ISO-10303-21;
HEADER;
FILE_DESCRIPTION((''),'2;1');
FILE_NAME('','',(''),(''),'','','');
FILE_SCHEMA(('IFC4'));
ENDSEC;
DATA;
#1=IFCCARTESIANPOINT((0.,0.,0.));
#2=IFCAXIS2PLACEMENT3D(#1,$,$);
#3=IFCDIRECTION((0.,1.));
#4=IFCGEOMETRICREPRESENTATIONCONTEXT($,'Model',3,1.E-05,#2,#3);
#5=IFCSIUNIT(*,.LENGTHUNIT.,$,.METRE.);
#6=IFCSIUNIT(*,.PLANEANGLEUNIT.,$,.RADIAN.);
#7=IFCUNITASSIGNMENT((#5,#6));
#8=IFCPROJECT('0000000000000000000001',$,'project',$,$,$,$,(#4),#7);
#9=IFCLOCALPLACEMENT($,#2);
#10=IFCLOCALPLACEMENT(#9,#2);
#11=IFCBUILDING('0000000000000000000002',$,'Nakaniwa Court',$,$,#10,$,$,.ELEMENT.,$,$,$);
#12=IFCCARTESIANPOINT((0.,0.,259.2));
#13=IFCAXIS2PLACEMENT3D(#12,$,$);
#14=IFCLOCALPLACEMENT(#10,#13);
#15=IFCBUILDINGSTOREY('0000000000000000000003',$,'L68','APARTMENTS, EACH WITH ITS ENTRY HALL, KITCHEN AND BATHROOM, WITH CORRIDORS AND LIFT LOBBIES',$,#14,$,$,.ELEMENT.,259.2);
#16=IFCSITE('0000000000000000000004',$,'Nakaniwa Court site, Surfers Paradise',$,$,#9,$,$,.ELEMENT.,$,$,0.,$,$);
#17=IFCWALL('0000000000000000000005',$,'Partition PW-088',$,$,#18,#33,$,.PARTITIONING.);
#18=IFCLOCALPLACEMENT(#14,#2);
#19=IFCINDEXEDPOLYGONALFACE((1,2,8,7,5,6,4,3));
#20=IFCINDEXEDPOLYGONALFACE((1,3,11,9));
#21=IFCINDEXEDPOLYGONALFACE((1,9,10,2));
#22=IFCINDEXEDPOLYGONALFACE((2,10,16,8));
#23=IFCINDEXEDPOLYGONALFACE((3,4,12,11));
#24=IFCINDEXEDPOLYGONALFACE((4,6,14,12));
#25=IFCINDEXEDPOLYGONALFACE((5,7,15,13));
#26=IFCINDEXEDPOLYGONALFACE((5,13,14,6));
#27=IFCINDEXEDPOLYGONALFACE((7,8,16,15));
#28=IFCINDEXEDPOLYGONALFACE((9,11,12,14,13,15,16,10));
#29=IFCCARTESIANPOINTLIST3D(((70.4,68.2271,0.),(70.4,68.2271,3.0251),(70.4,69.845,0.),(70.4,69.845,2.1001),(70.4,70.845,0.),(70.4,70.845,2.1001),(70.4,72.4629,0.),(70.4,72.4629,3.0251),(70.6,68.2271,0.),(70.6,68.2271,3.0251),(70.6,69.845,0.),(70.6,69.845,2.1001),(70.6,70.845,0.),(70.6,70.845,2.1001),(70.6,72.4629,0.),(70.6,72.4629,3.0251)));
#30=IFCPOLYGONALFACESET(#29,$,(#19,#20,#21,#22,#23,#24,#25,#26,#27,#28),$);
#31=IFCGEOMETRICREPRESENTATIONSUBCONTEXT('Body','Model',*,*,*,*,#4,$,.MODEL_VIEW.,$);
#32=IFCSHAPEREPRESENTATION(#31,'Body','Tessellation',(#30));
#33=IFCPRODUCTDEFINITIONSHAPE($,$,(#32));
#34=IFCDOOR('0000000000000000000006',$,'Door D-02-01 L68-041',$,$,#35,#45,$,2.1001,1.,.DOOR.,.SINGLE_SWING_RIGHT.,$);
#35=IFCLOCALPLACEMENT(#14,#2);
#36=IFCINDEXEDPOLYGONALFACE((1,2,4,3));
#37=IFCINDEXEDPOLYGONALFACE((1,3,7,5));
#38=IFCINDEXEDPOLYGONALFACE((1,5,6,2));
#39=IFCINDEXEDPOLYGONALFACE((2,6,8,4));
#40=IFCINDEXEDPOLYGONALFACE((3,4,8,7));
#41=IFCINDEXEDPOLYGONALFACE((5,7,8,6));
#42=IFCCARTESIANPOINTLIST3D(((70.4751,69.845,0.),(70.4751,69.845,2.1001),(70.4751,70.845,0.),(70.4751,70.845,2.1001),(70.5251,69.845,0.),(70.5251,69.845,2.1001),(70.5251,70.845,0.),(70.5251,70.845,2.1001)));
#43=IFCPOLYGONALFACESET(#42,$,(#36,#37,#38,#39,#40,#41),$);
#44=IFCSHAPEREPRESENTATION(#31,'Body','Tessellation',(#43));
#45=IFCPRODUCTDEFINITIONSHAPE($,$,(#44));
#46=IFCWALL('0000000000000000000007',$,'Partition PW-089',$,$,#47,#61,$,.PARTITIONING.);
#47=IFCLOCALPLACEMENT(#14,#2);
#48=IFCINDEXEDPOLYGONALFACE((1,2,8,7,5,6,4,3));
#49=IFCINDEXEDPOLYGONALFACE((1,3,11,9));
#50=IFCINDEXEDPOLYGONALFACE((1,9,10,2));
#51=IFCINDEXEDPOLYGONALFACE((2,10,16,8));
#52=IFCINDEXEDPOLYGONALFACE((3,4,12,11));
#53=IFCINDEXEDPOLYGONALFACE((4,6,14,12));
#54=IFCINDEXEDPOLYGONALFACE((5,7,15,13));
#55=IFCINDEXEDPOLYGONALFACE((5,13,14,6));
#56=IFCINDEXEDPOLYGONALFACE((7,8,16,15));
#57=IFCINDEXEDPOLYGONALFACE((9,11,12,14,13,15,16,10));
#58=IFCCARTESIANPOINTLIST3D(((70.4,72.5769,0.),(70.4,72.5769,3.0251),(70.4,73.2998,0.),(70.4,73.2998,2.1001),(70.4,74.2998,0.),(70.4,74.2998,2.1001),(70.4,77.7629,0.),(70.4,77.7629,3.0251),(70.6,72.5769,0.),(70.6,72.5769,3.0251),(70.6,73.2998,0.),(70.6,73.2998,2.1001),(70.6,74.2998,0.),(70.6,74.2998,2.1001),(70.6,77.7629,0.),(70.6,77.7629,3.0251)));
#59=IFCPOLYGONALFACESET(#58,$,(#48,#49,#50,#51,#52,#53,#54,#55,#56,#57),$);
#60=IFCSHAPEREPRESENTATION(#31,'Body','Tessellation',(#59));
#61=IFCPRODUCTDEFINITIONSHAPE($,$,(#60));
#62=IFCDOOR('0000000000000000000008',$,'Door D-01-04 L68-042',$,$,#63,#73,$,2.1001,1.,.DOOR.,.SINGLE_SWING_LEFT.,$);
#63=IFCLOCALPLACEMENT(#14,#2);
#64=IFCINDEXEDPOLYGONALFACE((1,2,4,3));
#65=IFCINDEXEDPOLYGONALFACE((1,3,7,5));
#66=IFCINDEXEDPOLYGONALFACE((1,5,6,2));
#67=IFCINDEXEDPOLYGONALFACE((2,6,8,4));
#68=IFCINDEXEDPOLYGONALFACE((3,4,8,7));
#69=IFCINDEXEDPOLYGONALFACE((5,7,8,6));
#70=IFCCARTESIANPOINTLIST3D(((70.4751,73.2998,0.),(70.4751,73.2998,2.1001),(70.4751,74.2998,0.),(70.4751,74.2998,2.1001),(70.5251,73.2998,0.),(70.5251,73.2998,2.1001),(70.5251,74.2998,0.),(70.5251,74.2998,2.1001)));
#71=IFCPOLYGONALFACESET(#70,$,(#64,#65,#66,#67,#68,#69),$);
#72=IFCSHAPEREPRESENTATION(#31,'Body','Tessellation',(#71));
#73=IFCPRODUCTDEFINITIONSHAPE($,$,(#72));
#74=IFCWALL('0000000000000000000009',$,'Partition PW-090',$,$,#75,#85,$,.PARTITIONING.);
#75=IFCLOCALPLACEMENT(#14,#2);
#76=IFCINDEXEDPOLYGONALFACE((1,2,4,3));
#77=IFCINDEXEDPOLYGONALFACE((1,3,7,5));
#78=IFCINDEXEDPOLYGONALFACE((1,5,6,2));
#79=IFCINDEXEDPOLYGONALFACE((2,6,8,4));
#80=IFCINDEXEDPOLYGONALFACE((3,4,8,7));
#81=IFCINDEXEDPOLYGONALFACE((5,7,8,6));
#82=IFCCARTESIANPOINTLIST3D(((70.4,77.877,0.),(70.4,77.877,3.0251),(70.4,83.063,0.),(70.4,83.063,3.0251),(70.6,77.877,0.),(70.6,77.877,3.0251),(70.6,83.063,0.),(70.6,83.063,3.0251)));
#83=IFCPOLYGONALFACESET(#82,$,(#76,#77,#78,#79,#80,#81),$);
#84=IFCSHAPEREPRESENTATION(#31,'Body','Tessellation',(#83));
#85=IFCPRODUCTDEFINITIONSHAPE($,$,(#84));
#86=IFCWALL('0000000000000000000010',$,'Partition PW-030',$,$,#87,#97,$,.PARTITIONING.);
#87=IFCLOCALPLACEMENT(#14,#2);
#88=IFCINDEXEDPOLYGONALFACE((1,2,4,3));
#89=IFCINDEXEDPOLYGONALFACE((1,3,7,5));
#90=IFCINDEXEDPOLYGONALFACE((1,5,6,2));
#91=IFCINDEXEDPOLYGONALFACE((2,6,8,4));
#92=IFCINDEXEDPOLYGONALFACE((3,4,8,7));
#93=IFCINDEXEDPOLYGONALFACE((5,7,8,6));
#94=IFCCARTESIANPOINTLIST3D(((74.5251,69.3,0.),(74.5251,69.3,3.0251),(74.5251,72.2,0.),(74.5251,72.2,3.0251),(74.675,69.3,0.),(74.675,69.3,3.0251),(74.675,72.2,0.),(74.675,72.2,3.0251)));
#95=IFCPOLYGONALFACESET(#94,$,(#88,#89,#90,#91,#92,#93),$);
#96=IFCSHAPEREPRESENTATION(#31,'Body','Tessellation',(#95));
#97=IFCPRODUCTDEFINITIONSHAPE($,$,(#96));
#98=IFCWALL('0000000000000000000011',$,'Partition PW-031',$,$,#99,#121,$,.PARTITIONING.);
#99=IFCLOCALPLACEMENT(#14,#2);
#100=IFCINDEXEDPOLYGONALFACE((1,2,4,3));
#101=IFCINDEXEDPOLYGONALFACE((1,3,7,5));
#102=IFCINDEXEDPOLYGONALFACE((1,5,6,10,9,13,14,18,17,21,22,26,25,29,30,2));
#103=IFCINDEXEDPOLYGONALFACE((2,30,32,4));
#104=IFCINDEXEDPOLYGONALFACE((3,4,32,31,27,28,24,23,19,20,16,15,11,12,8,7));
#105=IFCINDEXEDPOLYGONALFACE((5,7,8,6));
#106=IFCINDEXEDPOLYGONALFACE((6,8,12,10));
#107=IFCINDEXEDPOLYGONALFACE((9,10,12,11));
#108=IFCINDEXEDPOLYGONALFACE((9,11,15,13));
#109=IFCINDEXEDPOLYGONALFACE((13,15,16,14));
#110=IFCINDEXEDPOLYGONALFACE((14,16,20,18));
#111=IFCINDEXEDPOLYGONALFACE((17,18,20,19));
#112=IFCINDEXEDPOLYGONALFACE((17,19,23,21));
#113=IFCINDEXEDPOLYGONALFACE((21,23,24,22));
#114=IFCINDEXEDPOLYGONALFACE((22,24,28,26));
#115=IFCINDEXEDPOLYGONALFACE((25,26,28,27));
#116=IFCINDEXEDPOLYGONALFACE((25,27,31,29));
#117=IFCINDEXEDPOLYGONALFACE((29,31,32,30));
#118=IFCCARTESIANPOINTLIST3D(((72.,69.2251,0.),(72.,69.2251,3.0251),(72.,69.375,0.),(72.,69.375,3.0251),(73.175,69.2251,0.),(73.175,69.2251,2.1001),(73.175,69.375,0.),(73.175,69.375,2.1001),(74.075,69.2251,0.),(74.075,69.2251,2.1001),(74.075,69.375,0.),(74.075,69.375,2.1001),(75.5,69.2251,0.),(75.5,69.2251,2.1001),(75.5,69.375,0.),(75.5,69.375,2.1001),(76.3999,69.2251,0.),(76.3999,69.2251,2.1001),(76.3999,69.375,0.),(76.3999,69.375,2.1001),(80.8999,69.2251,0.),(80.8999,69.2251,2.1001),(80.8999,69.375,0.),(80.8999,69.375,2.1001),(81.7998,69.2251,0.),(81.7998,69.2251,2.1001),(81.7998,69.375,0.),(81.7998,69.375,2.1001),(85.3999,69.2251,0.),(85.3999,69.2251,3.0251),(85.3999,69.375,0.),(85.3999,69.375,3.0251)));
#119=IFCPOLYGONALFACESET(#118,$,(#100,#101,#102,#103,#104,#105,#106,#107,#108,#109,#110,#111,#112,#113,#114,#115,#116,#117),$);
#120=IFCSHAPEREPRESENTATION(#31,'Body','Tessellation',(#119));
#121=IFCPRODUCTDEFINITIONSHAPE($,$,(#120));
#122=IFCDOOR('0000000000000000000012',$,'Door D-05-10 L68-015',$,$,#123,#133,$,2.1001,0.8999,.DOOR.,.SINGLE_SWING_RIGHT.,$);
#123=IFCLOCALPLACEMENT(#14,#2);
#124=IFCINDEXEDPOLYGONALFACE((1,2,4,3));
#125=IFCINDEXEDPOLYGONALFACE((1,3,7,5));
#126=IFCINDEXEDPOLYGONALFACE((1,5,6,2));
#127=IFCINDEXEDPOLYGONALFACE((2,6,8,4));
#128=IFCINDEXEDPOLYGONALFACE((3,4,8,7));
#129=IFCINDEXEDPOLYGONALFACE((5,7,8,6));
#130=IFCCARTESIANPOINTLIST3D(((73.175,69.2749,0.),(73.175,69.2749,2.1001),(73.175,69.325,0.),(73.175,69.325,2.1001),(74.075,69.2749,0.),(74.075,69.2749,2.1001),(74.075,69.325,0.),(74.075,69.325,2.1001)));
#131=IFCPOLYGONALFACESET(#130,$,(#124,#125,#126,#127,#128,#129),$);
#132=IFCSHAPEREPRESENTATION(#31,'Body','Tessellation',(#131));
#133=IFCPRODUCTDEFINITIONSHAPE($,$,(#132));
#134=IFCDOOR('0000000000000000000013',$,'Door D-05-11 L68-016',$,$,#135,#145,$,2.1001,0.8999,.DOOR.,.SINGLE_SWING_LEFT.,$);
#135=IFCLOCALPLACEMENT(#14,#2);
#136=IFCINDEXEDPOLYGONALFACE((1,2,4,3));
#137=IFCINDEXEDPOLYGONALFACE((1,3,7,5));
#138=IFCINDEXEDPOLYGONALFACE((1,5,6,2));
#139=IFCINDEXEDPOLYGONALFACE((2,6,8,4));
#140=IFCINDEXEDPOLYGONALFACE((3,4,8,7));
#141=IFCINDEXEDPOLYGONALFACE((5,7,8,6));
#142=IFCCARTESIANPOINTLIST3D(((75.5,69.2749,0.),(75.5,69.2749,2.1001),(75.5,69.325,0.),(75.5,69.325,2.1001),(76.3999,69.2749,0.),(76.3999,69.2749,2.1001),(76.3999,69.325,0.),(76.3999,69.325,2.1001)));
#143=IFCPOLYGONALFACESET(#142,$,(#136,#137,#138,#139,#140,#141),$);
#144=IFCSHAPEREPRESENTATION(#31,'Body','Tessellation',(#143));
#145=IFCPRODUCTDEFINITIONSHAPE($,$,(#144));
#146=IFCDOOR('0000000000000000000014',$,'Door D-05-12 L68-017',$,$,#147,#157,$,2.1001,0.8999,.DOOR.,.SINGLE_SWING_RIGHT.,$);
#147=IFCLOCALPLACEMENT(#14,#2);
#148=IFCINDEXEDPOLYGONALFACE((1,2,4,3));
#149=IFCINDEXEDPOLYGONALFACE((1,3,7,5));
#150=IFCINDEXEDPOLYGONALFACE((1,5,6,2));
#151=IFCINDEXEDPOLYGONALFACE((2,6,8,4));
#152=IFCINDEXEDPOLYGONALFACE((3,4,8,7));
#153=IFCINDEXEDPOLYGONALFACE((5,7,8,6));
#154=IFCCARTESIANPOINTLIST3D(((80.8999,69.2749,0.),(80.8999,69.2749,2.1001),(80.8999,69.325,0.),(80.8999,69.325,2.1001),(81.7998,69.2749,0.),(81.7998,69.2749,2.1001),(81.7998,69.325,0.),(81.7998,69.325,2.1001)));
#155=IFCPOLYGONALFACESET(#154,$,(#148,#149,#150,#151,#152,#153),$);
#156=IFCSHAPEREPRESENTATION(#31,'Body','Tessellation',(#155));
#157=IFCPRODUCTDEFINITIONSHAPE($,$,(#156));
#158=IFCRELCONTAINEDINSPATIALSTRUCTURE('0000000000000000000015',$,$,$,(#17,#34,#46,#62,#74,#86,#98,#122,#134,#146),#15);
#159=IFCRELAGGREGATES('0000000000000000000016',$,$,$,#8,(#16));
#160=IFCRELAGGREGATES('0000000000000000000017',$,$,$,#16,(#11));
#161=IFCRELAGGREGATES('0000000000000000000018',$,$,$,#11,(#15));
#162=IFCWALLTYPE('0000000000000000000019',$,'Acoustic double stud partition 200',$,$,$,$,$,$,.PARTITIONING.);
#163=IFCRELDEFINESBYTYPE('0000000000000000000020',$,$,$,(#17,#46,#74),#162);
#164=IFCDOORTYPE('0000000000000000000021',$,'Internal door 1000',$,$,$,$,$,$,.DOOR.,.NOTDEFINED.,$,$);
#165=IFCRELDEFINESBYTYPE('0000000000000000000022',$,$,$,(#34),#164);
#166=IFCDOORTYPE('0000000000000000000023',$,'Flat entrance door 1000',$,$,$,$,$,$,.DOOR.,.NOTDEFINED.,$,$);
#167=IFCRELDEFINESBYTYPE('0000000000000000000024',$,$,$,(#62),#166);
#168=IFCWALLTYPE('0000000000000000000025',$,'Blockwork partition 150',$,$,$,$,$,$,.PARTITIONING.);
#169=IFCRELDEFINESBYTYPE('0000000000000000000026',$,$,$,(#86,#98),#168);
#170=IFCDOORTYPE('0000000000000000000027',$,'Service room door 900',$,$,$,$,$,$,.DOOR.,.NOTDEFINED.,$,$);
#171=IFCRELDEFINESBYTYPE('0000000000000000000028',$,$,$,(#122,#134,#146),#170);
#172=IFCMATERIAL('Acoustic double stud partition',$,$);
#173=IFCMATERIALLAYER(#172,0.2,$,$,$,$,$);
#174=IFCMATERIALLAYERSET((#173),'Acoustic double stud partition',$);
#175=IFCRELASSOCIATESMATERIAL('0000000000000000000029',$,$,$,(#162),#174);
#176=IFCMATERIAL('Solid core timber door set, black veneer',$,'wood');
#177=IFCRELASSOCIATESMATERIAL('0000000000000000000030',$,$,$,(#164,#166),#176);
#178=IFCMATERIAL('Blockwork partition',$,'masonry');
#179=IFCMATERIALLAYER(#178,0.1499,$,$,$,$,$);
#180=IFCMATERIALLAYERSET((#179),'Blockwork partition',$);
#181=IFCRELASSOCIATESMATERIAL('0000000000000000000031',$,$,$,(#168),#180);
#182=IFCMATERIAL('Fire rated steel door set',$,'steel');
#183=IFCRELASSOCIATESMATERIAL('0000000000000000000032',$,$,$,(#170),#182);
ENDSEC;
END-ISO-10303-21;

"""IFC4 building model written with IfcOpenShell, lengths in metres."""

from ifc_helpers import new_model, si_unit, direction, frame, frame_2d, origin, place, context, subcontext, project, spatial, rectangle, extrude, material, layer, layer_set, type_object, element, fill, save


model = new_model("IFC4")

# Units and contexts
model_context = context("Model", 3, precision=1e-05, world=origin(), true_north=direction((0.0, 1.0)))
body_context = subcontext(model_context, "Body", "Model", "MODEL_VIEW")
ifc_project = project(units=[si_unit("LENGTHUNIT", "METRE"), si_unit("PLANEANGLEUNIT", "RADIAN")], contexts=[model_context])

# Site, building, storey
site_placement = place(None, origin())
site = spatial("IfcSite", under=ifc_project, at=site_placement, Name="Nakaniwa Court site, Surfers Paradise", CompositionType="ELEMENT", RefElevation=0.0)
building_placement = place(site_placement, origin())
building = spatial("IfcBuilding", under=site, at=building_placement, Name="Nakaniwa Court", CompositionType="ELEMENT")
storey_placement = place(building_placement, frame((0.0, 0.0, 259.2)))
storey = spatial("IfcBuildingStorey", under=building, at=storey_placement, Name="L68", Description="APARTMENTS, EACH WITH ITS ENTRY HALL, KITCHEN AND BATHROOM, WITH CORRIDORS AND LIFT LOBBIES", CompositionType="ELEMENT", Elevation=259.2)

# Shared definitions
ifc_material_1 = material(Name="Acoustic double stud partition")
ifc_layer_1 = layer(ifc_material_1, 0.2)
ifc_layer_set_1 = layer_set([ifc_layer_1], Name="Acoustic double stud partition")
wall_type_1 = type_object("IfcWallType", Name="Acoustic double stud partition 200", PredefinedType="PARTITIONING", material=ifc_layer_set_1)

# Walls, openings, doors
wall_1_placement = place(storey_placement, frame((70.5, 68.2271, 0.0), z_axis=(0.0, 0.0, 1.0), x_axis=(0.0, 1.0, 0.0)))
wall_1 = element("IfcWall", 1, at=wall_1_placement, inside=storey, type_object=wall_type_1, Name="Partition PW-088", PredefinedType="PARTITIONING", context=body_context, shape_type="SweptSolid", body=[
    extrude(rectangle(XDim=4.2358, YDim=0.2, at=frame_2d((2.1179, 0.0))), origin(), (0.0, 0.0, 1.0), 3.0251),
])
opening_1_placement = place(wall_1_placement, frame((1.6179, 0.0, 0.0)))
opening_1 = element("IfcOpeningElement", 2, at=opening_1_placement, cuts=wall_1, PredefinedType="OPENING", context=body_context, shape_type="SweptSolid", body=[
    extrude(rectangle(XDim=1.0, YDim=2.1001, at=frame_2d((0.5, 1.05))), frame((0.0, 0.1099, 0.0), z_axis=(0.0, -1.0, 0.0), x_axis=(1.0, 0.0, 0.0)), (0.0, 0.0, 1.0), 0.22),
])
ifc_material_2 = material(Name="Solid core timber door set, black veneer", Category="wood")
door_type_1 = type_object("IfcDoorType", Name="Internal door 1000", OperationType="NOTDEFINED", PredefinedType="DOOR", material=ifc_material_2)
door_1_placement = place(opening_1_placement, origin())
door_1 = element("IfcDoor", 3, at=door_1_placement, inside=storey, type_object=door_type_1, Name="Door D-02-01 L68-041", OperationType="SINGLE_SWING_RIGHT", OverallHeight=2.1001, OverallWidth=1.0, PredefinedType="DOOR", context=body_context, shape_type="SweptSolid", body=[
    extrude(rectangle(XDim=1.0, YDim=2.1001, at=frame_2d((0.5, 1.05))), frame((0.0, 0.0249, 0.0), z_axis=(0.0, -1.0, 0.0), x_axis=(1.0, 0.0, 0.0)), (0.0, 0.0, 1.0), 0.05),
])
fill(opening_1, door_1)
wall_2_placement = place(storey_placement, frame((70.5, 72.5769, 0.0), z_axis=(0.0, 0.0, 1.0), x_axis=(0.0, 1.0, 0.0)))
wall_2 = element("IfcWall", 4, at=wall_2_placement, inside=storey, type_object=wall_type_1, Name="Partition PW-089", PredefinedType="PARTITIONING", context=body_context, shape_type="SweptSolid", body=[
    extrude(rectangle(XDim=5.186, YDim=0.2, at=frame_2d((2.593, 0.0))), origin(), (0.0, 0.0, 1.0), 3.0251),
])
opening_2_placement = place(wall_2_placement, frame((0.7229, 0.0, 0.0)))
opening_2 = element("IfcOpeningElement", 5, at=opening_2_placement, cuts=wall_2, PredefinedType="OPENING", context=body_context, shape_type="SweptSolid", body=[
    extrude(rectangle(XDim=1.0, YDim=2.1001, at=frame_2d((0.5, 1.05))), frame((0.0, 0.1099, 0.0), z_axis=(0.0, -1.0, 0.0), x_axis=(1.0, 0.0, 0.0)), (0.0, 0.0, 1.0), 0.22),
])
door_type_2 = type_object("IfcDoorType", Name="Flat entrance door 1000", OperationType="NOTDEFINED", PredefinedType="DOOR", material=ifc_material_2)
door_2_placement = place(opening_2_placement, origin())
door_2 = element("IfcDoor", 6, at=door_2_placement, inside=storey, type_object=door_type_2, Name="Door D-01-04 L68-042", OperationType="SINGLE_SWING_LEFT", OverallHeight=2.1001, OverallWidth=1.0, PredefinedType="DOOR", context=body_context, shape_type="SweptSolid", body=[
    extrude(rectangle(XDim=1.0, YDim=2.1001, at=frame_2d((0.5, 1.05))), frame((0.0, 0.0249, 0.0), z_axis=(0.0, -1.0, 0.0), x_axis=(1.0, 0.0, 0.0)), (0.0, 0.0, 1.0), 0.05),
])
fill(opening_2, door_2)

# Walls
wall_3_placement = place(storey_placement, frame((70.5, 77.877, 0.0), z_axis=(0.0, 0.0, 1.0), x_axis=(0.0, 1.0, 0.0)))
element("IfcWall", 7, at=wall_3_placement, inside=storey, type_object=wall_type_1, Name="Partition PW-090", PredefinedType="PARTITIONING", context=body_context, shape_type="SweptSolid", body=[
    extrude(rectangle(XDim=5.186, YDim=0.2, at=frame_2d((2.593, 0.0))), origin(), (0.0, 0.0, 1.0), 3.0251),
])
ifc_material_3 = material(Name="Blockwork partition", Category="masonry")
ifc_layer_2 = layer(ifc_material_3, 0.1499)
ifc_layer_set_2 = layer_set([ifc_layer_2], Name="Blockwork partition")
wall_type_2 = type_object("IfcWallType", Name="Blockwork partition 150", PredefinedType="PARTITIONING", material=ifc_layer_set_2)
wall_4_placement = place(storey_placement, frame((74.6001, 69.3, 0.0), z_axis=(0.0, 0.0, 1.0), x_axis=(0.0, 1.0, 0.0)))
element("IfcWall", 8, at=wall_4_placement, inside=storey, type_object=wall_type_2, Name="Partition PW-030", PredefinedType="PARTITIONING", context=body_context, shape_type="SweptSolid", body=[
    extrude(rectangle(XDim=2.8999, YDim=0.1499, at=frame_2d((1.45, 0.0))), origin(), (0.0, 0.0, 1.0), 3.0251),
])

# Wall, openings, doors
wall_5_placement = place(storey_placement, frame((72.0, 69.3, 0.0), z_axis=(0.0, 0.0, 1.0), x_axis=(1.0, 0.0, 0.0)))
wall_5 = element("IfcWall", 9, at=wall_5_placement, inside=storey, type_object=wall_type_2, Name="Partition PW-031", PredefinedType="PARTITIONING", context=body_context, shape_type="SweptSolid", body=[
    extrude(rectangle(XDim=13.3999, YDim=0.1499, at=frame_2d((6.7, 0.0))), origin(), (0.0, 0.0, 1.0), 3.0251),
])
opening_3_placement = place(wall_5_placement, frame((1.175, 0.0, 0.0)))
opening_3 = element("IfcOpeningElement", 10, at=opening_3_placement, cuts=wall_5, PredefinedType="OPENING", context=body_context, shape_type="SweptSolid", body=[
    extrude(rectangle(XDim=0.8999, YDim=2.1001, at=frame_2d((0.45, 1.05))), frame((0.0, 0.085, 0.0), z_axis=(0.0, -1.0, 0.0), x_axis=(1.0, 0.0, 0.0)), (0.0, 0.0, 1.0), 0.1699),
])
opening_4_placement = place(wall_5_placement, frame((3.5, 0.0, 0.0)))
opening_4 = element("IfcOpeningElement", 11, at=opening_4_placement, cuts=wall_5, PredefinedType="OPENING", context=body_context, shape_type="SweptSolid", body=[
    extrude(rectangle(XDim=0.8999, YDim=2.1001, at=frame_2d((0.45, 1.05))), frame((0.0, 0.085, 0.0), z_axis=(0.0, -1.0, 0.0), x_axis=(1.0, 0.0, 0.0)), (0.0, 0.0, 1.0), 0.1699),
])
opening_5_placement = place(wall_5_placement, frame((8.8999, 0.0, 0.0)))
opening_5 = element("IfcOpeningElement", 12, at=opening_5_placement, cuts=wall_5, PredefinedType="OPENING", context=body_context, shape_type="SweptSolid", body=[
    extrude(rectangle(XDim=0.8999, YDim=2.1001, at=frame_2d((0.45, 1.05))), frame((0.0, 0.085, 0.0), z_axis=(0.0, -1.0, 0.0), x_axis=(1.0, 0.0, 0.0)), (0.0, 0.0, 1.0), 0.1699),
])
ifc_material_4 = material(Name="Fire rated steel door set", Category="steel")
door_type_3 = type_object("IfcDoorType", Name="Service room door 900", OperationType="NOTDEFINED", PredefinedType="DOOR", material=ifc_material_4)
door_3_placement = place(opening_3_placement, origin())
door_3 = element("IfcDoor", 13, at=door_3_placement, inside=storey, type_object=door_type_3, Name="Door D-05-10 L68-015", OperationType="SINGLE_SWING_RIGHT", OverallHeight=2.1001, OverallWidth=0.8999, PredefinedType="DOOR", context=body_context, shape_type="SweptSolid", body=[
    extrude(rectangle(XDim=0.8999, YDim=2.1001, at=frame_2d((0.45, 1.05))), frame((0.0, 0.0249, 0.0), z_axis=(0.0, -1.0, 0.0), x_axis=(1.0, 0.0, 0.0)), (0.0, 0.0, 1.0), 0.05),
])
fill(opening_3, door_3)
door_4_placement = place(opening_4_placement, origin())
door_4 = element("IfcDoor", 14, at=door_4_placement, inside=storey, type_object=door_type_3, Name="Door D-05-11 L68-016", OperationType="SINGLE_SWING_LEFT", OverallHeight=2.1001, OverallWidth=0.8999, PredefinedType="DOOR", context=body_context, shape_type="SweptSolid", body=[
    extrude(rectangle(XDim=0.8999, YDim=2.1001, at=frame_2d((0.45, 1.05))), frame((0.0, 0.0249, 0.0), z_axis=(0.0, -1.0, 0.0), x_axis=(1.0, 0.0, 0.0)), (0.0, 0.0, 1.0), 0.05),
])
fill(opening_4, door_4)
door_5_placement = place(opening_5_placement, origin())
door_5 = element("IfcDoor", 15, at=door_5_placement, inside=storey, type_object=door_type_3, Name="Door D-05-12 L68-017", OperationType="SINGLE_SWING_RIGHT", OverallHeight=2.1001, OverallWidth=0.8999, PredefinedType="DOOR", context=body_context, shape_type="SweptSolid", body=[
    extrude(rectangle(XDim=0.8999, YDim=2.1001, at=frame_2d((0.45, 1.05))), frame((0.0, 0.0249, 0.0), z_axis=(0.0, -1.0, 0.0), x_axis=(1.0, 0.0, 0.0)), (0.0, 0.0, 1.0), 0.05),
])
fill(opening_5, door_5)

save(model, "model.ifc")
